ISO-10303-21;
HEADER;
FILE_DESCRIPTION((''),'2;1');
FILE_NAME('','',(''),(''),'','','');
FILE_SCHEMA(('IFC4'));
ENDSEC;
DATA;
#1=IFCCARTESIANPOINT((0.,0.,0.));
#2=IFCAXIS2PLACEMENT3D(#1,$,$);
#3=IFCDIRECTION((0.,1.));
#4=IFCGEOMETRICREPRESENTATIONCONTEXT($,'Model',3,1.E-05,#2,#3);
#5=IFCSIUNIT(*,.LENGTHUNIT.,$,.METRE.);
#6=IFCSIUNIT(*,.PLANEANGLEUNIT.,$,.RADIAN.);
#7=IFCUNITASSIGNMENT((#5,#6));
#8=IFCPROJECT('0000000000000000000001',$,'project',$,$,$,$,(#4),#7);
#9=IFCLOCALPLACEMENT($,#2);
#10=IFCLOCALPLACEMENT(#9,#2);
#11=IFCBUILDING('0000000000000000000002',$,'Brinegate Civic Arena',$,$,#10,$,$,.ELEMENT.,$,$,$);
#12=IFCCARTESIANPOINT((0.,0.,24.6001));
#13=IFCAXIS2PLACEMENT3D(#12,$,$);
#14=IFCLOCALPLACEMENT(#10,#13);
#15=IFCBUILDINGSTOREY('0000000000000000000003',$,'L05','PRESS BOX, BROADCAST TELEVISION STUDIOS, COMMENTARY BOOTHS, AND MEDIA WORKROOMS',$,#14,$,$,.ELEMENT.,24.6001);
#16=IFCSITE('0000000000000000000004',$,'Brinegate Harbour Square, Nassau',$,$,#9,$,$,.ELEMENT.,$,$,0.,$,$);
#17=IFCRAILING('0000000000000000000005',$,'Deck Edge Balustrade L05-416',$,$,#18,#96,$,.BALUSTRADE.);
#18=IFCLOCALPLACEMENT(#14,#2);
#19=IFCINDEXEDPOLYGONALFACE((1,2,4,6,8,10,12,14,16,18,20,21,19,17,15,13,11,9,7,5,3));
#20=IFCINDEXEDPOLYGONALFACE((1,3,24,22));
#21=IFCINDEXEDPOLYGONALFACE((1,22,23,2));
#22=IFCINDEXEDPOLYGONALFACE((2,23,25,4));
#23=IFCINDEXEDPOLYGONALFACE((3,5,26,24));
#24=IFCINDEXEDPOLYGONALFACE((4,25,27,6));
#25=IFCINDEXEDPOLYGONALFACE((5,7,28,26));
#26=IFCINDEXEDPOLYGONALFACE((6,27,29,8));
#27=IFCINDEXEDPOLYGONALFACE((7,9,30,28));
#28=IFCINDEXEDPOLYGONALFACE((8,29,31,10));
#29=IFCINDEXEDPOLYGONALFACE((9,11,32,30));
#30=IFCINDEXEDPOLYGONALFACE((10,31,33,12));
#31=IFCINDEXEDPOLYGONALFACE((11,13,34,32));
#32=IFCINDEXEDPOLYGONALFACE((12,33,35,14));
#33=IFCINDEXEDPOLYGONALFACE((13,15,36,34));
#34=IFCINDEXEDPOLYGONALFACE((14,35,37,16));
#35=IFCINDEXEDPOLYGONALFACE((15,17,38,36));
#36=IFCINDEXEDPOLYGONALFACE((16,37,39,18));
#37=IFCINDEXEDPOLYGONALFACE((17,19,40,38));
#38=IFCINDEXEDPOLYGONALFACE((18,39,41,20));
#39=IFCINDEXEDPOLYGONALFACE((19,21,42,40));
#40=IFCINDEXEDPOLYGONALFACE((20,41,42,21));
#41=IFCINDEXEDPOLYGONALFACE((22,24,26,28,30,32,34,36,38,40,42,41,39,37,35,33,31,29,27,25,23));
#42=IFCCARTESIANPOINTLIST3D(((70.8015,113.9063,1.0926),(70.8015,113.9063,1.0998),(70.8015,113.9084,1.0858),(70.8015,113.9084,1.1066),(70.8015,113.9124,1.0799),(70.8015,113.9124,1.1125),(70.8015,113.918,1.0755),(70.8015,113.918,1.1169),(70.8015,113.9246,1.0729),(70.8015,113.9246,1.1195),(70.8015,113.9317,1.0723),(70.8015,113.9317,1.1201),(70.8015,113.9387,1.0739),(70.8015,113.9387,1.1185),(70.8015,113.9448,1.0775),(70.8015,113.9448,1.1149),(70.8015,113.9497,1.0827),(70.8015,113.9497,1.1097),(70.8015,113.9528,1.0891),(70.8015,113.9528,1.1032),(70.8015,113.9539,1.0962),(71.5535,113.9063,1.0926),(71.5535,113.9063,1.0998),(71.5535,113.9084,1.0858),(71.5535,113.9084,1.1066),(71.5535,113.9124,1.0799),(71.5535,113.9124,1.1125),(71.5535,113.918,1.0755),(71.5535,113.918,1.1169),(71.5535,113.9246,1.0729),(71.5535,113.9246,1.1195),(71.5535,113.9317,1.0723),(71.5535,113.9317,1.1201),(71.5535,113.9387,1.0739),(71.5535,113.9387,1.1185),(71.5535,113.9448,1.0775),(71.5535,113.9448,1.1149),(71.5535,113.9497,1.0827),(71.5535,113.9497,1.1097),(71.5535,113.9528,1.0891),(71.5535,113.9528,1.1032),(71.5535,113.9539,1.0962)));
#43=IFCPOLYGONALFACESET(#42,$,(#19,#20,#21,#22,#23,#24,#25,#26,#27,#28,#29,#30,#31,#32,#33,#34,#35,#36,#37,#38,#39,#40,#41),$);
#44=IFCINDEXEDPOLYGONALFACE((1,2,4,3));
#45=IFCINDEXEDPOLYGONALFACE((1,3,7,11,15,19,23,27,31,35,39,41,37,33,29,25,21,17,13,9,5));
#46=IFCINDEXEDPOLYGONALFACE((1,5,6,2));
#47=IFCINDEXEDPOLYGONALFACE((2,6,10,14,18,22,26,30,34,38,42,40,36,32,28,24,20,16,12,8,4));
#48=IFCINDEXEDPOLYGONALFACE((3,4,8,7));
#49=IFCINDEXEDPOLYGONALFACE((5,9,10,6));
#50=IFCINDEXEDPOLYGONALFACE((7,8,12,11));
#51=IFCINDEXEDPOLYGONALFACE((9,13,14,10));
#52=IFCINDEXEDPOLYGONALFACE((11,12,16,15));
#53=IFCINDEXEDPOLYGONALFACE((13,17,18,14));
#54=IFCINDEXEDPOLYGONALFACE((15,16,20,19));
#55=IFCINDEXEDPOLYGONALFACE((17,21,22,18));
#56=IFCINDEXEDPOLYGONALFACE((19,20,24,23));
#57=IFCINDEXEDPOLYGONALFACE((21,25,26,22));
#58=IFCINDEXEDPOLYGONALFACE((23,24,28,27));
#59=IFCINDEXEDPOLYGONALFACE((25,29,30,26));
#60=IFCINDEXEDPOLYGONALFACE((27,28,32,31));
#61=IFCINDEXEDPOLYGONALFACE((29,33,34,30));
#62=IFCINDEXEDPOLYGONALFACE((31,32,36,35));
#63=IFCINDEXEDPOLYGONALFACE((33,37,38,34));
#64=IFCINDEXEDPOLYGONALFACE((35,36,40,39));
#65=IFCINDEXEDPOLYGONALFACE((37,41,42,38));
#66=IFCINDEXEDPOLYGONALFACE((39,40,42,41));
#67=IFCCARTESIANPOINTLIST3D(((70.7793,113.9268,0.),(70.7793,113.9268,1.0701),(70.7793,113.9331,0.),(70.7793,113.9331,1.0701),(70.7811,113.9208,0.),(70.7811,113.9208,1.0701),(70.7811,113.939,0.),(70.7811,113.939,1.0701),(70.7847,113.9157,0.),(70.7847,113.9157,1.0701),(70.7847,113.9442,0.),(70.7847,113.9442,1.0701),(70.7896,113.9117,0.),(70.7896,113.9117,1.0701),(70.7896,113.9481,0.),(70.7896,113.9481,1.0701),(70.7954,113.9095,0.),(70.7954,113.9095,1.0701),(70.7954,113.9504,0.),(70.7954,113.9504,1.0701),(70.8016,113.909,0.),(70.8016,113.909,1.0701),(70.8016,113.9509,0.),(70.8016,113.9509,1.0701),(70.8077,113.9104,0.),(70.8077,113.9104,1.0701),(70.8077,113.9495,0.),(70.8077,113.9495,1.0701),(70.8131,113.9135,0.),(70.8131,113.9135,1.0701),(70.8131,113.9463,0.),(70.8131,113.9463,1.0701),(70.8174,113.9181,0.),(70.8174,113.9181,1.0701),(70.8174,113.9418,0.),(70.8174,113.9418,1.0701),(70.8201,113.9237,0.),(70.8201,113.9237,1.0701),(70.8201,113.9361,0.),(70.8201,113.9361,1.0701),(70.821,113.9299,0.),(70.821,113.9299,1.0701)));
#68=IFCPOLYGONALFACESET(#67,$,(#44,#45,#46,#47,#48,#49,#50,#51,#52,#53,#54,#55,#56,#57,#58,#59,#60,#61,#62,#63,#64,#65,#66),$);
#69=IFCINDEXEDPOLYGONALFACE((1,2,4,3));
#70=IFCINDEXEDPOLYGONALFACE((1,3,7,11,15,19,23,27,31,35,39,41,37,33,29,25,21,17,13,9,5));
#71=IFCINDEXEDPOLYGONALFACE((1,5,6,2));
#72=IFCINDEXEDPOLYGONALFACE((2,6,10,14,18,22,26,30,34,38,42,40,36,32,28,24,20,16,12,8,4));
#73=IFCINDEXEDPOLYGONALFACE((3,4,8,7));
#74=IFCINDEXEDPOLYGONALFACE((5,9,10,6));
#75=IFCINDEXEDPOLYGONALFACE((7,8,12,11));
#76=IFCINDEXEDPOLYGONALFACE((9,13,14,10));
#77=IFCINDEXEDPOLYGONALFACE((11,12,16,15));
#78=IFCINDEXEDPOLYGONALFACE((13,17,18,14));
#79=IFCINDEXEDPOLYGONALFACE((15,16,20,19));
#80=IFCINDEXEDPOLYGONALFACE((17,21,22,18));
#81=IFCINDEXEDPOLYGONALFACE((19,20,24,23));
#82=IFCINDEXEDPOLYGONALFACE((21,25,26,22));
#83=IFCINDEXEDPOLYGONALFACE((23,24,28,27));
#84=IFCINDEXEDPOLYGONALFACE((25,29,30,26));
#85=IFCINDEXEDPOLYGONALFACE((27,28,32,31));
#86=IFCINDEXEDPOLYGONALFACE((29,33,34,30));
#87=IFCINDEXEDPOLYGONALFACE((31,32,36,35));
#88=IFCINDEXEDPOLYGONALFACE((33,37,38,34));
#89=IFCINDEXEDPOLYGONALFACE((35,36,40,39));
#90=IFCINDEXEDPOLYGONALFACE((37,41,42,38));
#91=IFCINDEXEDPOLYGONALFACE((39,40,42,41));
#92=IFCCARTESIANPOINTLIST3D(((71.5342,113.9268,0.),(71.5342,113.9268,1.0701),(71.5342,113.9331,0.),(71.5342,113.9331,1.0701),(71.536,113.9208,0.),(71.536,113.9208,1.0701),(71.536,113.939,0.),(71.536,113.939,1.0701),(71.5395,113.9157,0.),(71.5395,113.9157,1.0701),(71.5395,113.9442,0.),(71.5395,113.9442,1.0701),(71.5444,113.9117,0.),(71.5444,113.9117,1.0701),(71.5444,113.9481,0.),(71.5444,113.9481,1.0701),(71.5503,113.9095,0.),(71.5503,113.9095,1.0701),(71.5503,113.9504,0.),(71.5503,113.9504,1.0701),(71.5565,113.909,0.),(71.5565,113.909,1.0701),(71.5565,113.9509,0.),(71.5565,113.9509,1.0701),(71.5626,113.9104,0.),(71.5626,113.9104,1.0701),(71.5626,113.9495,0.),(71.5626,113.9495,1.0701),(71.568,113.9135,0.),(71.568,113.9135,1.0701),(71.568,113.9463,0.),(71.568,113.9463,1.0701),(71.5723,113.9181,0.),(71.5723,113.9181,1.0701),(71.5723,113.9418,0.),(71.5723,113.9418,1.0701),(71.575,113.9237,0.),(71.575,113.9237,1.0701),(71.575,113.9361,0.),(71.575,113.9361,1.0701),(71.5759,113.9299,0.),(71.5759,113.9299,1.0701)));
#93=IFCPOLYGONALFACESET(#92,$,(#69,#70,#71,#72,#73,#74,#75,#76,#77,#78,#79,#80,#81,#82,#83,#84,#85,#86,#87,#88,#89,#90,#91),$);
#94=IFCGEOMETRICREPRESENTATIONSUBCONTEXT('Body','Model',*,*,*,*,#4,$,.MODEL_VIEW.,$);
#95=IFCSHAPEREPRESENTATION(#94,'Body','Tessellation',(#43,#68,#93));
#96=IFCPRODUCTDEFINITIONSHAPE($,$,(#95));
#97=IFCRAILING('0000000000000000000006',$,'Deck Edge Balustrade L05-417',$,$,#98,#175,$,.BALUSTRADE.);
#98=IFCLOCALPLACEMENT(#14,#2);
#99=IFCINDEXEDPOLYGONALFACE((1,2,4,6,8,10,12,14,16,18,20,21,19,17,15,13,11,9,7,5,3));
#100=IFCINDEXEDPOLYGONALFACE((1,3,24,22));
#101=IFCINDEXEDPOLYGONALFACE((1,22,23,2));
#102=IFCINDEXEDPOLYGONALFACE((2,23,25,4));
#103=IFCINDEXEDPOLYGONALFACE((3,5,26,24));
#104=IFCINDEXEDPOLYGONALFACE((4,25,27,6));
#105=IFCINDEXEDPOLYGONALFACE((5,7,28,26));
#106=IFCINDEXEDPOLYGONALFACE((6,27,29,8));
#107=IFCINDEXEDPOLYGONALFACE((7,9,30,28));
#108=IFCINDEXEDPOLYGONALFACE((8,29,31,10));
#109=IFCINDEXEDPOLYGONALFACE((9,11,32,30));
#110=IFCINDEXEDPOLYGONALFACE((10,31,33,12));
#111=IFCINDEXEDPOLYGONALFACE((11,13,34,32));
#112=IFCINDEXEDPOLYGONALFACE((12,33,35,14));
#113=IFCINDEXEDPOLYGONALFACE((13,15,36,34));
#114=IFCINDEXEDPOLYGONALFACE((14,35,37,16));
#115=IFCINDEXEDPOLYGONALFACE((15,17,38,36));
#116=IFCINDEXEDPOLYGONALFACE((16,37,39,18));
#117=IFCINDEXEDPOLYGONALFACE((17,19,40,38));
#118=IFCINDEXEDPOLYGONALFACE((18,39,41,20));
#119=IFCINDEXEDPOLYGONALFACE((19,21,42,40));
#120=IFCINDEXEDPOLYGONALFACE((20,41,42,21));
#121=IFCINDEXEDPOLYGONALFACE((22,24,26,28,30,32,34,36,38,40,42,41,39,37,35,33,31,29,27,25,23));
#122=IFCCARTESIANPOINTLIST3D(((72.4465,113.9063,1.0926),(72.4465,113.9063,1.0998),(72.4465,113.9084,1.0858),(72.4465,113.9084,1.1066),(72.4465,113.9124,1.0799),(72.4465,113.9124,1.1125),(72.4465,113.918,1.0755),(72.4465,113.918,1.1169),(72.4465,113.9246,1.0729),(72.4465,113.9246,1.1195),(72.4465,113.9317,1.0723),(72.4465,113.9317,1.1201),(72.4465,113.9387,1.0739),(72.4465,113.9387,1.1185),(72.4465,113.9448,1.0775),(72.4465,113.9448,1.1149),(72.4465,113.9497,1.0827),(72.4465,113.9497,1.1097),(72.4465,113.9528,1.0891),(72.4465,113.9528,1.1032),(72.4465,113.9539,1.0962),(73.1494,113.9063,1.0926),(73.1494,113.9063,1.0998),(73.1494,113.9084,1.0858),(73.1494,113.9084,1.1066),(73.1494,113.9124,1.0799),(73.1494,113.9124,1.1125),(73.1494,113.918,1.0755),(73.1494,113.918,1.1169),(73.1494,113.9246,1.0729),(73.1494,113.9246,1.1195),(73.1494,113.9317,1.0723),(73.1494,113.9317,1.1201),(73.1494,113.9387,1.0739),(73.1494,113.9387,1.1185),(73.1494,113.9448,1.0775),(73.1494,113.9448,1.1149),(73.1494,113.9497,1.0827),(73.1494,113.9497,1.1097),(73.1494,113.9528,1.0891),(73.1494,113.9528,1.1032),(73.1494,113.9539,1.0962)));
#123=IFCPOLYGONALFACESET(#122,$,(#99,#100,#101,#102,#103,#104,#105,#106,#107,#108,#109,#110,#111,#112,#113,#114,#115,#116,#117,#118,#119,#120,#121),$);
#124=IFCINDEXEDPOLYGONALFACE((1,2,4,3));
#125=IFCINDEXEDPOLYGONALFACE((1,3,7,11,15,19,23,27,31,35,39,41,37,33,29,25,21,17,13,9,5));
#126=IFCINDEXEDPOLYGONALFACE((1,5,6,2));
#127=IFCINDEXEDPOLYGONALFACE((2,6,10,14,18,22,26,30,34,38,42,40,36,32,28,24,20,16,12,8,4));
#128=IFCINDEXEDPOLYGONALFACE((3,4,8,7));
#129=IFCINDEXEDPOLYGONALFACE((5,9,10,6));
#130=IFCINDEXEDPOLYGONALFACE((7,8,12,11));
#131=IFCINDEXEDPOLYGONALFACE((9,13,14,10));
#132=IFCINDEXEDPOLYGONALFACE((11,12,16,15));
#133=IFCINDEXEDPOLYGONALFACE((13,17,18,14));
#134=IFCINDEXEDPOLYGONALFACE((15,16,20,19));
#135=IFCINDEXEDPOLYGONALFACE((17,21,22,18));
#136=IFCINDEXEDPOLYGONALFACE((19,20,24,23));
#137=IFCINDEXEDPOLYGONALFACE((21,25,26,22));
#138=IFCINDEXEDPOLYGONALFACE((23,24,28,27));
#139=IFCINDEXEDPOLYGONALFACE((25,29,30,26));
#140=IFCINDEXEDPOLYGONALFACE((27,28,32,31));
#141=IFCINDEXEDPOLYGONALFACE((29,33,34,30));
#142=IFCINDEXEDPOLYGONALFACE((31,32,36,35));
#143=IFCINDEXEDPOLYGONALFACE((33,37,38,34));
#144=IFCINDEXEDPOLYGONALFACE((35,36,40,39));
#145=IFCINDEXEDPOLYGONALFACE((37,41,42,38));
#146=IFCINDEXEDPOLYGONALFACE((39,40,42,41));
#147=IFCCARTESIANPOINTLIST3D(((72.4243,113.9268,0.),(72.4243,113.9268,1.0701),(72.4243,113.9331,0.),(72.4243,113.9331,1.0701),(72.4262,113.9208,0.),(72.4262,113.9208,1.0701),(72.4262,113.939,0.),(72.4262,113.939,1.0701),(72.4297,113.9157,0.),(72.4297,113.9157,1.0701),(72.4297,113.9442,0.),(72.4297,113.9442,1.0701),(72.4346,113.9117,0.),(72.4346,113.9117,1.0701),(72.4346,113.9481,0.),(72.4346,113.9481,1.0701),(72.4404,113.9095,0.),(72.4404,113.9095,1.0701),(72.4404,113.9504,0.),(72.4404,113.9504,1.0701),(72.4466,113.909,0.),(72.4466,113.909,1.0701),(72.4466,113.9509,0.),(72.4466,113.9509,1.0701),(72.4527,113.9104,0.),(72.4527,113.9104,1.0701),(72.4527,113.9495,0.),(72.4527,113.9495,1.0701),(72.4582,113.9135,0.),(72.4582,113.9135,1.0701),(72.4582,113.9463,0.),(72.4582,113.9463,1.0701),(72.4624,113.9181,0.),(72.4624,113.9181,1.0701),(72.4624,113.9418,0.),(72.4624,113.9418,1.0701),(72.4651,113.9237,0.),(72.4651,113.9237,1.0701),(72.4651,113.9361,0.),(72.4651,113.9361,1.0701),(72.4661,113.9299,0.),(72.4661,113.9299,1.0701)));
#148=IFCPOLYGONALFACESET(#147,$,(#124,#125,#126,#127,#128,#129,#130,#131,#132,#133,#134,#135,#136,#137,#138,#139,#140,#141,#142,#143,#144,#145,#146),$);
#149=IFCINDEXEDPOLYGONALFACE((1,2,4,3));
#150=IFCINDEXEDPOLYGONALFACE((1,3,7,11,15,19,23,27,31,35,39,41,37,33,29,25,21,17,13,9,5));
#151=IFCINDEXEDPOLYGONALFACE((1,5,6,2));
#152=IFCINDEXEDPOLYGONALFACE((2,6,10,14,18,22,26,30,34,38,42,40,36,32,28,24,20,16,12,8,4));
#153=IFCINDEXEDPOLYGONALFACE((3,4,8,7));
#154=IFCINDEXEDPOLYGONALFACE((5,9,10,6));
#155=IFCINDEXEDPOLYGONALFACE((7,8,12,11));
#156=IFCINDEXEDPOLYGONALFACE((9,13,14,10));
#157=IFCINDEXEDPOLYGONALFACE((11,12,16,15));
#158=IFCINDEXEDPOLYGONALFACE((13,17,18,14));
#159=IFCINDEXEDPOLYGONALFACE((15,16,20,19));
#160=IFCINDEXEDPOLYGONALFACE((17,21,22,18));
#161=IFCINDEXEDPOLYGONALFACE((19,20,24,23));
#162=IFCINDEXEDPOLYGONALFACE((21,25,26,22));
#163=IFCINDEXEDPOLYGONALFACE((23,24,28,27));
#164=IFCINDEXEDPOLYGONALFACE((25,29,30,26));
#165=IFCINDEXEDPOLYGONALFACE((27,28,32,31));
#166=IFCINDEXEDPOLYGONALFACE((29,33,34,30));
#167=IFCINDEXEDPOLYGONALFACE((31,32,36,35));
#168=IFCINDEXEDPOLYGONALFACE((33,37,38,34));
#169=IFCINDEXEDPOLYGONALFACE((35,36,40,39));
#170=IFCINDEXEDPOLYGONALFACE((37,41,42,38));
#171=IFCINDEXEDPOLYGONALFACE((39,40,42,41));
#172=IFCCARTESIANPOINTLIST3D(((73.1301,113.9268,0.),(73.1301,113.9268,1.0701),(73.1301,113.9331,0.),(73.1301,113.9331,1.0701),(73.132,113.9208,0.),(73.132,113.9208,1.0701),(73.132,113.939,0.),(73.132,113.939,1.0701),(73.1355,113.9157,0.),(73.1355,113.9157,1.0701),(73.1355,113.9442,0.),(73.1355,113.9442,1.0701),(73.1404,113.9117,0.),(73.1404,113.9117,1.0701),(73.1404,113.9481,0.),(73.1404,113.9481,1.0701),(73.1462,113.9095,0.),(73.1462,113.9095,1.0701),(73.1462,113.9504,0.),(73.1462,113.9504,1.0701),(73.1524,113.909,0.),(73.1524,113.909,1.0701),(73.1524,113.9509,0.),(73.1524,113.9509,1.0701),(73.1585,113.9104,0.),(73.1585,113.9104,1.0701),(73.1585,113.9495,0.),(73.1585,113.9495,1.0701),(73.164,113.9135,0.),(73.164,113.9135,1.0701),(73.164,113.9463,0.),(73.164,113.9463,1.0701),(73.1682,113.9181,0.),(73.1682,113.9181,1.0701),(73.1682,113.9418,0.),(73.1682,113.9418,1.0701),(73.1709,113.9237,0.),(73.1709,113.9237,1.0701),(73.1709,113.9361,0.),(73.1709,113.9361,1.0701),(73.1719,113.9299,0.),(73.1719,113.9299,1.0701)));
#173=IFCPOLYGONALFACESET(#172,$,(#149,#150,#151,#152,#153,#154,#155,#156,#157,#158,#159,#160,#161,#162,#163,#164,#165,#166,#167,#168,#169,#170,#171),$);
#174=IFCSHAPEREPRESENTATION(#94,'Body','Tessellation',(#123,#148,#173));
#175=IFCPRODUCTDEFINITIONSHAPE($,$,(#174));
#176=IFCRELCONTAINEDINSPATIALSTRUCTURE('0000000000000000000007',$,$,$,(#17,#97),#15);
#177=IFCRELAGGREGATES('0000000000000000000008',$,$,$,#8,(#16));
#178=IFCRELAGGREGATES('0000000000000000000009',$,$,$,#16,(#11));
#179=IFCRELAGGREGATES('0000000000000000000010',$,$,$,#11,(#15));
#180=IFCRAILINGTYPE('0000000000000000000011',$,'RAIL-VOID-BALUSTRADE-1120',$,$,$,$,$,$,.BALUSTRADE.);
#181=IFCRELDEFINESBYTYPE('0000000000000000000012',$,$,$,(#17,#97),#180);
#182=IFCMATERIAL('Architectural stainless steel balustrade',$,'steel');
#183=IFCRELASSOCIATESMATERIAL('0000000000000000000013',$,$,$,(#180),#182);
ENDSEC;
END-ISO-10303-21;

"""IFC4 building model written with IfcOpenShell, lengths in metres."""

from ifc_helpers import new_model, si_unit, direction, frame, origin, origin_2d, place, context, subcontext, project, spatial, circle, extrude, material, type_object, element, save


model = new_model("IFC4")

# Units and contexts
model_context = context("Model", 3, precision=1e-05, world=origin(), true_north=direction((0.0, 1.0)))
body_context = subcontext(model_context, "Body", "Model", "MODEL_VIEW")
ifc_project = project(units=[si_unit("LENGTHUNIT", "METRE"), si_unit("PLANEANGLEUNIT", "RADIAN")], contexts=[model_context])

# Site, building, storey
site_placement = place(None, origin())
site = spatial("IfcSite", under=ifc_project, at=site_placement, Name="Brinegate Harbour Square, Nassau", CompositionType="ELEMENT", RefElevation=0.0)
building_placement = place(site_placement, origin())
building = spatial("IfcBuilding", under=site, at=building_placement, Name="Brinegate Civic Arena", CompositionType="ELEMENT")
storey_placement = place(building_placement, frame((0.0, 0.0, 24.6001)))
storey = spatial("IfcBuildingStorey", under=building, at=storey_placement, Name="L05", Description="PRESS BOX, BROADCAST TELEVISION STUDIOS, COMMENTARY BOOTHS, AND MEDIA WORKROOMS", CompositionType="ELEMENT", Elevation=24.6001)

# Railings
ifc_material_1 = material(Name="Architectural stainless steel balustrade", Category="steel")
railing_type_1 = type_object("IfcRailingType", Name="RAIL-VOID-BALUSTRADE-1120", PredefinedType="BALUSTRADE", material=ifc_material_1)
railing_1_placement = place(storey_placement, frame((70.8, 113.9299, 0.0)))
element("IfcRailing", 1, at=railing_1_placement, inside=storey, type_object=railing_type_1, Name="Deck Edge Balustrade L05-416", PredefinedType="BALUSTRADE", context=body_context, shape_type="SweptSolid", body=[
    extrude(circle(Radius=0.0239, at=origin_2d()), frame((0.0015, 0.0, 1.0962), z_axis=(1.0, 0.0, 0.0), x_axis=(0.0, 1.0, 0.0)), (0.0, 0.0, 1.0), 0.752),
    extrude(circle(Radius=0.021, at=origin_2d()), origin(), (0.0, 0.0, 1.0), 1.0701),
    extrude(circle(Radius=0.021, at=origin_2d()), frame((0.7549, 0.0, 0.0)), (0.0, 0.0, 1.0), 1.0701),
])
for number, where, name in (
    (2, (72.4451, 113.9299, 0.0), "Deck Edge Balustrade L05-417"),
):
    element("IfcRailing", number, at=place(storey_placement, frame(where)), inside=storey, type_object=railing_type_1, Name=name, PredefinedType="BALUSTRADE", context=body_context, shape_type="SweptSolid", body=[
        extrude(circle(Radius=0.0239, at=origin_2d()), frame((0.0015, 0.0, 1.0962), z_axis=(1.0, 0.0, 0.0), x_axis=(0.0, 1.0, 0.0)), (0.0, 0.0, 1.0), 0.7029),
        extrude(circle(Radius=0.021, at=origin_2d()), origin(), (0.0, 0.0, 1.0), 1.0701),
        extrude(circle(Radius=0.021, at=origin_2d()), frame((0.7058, 0.0, 0.0)), (0.0, 0.0, 1.0), 1.0701),
    ])

save(model, "model.ifc")
